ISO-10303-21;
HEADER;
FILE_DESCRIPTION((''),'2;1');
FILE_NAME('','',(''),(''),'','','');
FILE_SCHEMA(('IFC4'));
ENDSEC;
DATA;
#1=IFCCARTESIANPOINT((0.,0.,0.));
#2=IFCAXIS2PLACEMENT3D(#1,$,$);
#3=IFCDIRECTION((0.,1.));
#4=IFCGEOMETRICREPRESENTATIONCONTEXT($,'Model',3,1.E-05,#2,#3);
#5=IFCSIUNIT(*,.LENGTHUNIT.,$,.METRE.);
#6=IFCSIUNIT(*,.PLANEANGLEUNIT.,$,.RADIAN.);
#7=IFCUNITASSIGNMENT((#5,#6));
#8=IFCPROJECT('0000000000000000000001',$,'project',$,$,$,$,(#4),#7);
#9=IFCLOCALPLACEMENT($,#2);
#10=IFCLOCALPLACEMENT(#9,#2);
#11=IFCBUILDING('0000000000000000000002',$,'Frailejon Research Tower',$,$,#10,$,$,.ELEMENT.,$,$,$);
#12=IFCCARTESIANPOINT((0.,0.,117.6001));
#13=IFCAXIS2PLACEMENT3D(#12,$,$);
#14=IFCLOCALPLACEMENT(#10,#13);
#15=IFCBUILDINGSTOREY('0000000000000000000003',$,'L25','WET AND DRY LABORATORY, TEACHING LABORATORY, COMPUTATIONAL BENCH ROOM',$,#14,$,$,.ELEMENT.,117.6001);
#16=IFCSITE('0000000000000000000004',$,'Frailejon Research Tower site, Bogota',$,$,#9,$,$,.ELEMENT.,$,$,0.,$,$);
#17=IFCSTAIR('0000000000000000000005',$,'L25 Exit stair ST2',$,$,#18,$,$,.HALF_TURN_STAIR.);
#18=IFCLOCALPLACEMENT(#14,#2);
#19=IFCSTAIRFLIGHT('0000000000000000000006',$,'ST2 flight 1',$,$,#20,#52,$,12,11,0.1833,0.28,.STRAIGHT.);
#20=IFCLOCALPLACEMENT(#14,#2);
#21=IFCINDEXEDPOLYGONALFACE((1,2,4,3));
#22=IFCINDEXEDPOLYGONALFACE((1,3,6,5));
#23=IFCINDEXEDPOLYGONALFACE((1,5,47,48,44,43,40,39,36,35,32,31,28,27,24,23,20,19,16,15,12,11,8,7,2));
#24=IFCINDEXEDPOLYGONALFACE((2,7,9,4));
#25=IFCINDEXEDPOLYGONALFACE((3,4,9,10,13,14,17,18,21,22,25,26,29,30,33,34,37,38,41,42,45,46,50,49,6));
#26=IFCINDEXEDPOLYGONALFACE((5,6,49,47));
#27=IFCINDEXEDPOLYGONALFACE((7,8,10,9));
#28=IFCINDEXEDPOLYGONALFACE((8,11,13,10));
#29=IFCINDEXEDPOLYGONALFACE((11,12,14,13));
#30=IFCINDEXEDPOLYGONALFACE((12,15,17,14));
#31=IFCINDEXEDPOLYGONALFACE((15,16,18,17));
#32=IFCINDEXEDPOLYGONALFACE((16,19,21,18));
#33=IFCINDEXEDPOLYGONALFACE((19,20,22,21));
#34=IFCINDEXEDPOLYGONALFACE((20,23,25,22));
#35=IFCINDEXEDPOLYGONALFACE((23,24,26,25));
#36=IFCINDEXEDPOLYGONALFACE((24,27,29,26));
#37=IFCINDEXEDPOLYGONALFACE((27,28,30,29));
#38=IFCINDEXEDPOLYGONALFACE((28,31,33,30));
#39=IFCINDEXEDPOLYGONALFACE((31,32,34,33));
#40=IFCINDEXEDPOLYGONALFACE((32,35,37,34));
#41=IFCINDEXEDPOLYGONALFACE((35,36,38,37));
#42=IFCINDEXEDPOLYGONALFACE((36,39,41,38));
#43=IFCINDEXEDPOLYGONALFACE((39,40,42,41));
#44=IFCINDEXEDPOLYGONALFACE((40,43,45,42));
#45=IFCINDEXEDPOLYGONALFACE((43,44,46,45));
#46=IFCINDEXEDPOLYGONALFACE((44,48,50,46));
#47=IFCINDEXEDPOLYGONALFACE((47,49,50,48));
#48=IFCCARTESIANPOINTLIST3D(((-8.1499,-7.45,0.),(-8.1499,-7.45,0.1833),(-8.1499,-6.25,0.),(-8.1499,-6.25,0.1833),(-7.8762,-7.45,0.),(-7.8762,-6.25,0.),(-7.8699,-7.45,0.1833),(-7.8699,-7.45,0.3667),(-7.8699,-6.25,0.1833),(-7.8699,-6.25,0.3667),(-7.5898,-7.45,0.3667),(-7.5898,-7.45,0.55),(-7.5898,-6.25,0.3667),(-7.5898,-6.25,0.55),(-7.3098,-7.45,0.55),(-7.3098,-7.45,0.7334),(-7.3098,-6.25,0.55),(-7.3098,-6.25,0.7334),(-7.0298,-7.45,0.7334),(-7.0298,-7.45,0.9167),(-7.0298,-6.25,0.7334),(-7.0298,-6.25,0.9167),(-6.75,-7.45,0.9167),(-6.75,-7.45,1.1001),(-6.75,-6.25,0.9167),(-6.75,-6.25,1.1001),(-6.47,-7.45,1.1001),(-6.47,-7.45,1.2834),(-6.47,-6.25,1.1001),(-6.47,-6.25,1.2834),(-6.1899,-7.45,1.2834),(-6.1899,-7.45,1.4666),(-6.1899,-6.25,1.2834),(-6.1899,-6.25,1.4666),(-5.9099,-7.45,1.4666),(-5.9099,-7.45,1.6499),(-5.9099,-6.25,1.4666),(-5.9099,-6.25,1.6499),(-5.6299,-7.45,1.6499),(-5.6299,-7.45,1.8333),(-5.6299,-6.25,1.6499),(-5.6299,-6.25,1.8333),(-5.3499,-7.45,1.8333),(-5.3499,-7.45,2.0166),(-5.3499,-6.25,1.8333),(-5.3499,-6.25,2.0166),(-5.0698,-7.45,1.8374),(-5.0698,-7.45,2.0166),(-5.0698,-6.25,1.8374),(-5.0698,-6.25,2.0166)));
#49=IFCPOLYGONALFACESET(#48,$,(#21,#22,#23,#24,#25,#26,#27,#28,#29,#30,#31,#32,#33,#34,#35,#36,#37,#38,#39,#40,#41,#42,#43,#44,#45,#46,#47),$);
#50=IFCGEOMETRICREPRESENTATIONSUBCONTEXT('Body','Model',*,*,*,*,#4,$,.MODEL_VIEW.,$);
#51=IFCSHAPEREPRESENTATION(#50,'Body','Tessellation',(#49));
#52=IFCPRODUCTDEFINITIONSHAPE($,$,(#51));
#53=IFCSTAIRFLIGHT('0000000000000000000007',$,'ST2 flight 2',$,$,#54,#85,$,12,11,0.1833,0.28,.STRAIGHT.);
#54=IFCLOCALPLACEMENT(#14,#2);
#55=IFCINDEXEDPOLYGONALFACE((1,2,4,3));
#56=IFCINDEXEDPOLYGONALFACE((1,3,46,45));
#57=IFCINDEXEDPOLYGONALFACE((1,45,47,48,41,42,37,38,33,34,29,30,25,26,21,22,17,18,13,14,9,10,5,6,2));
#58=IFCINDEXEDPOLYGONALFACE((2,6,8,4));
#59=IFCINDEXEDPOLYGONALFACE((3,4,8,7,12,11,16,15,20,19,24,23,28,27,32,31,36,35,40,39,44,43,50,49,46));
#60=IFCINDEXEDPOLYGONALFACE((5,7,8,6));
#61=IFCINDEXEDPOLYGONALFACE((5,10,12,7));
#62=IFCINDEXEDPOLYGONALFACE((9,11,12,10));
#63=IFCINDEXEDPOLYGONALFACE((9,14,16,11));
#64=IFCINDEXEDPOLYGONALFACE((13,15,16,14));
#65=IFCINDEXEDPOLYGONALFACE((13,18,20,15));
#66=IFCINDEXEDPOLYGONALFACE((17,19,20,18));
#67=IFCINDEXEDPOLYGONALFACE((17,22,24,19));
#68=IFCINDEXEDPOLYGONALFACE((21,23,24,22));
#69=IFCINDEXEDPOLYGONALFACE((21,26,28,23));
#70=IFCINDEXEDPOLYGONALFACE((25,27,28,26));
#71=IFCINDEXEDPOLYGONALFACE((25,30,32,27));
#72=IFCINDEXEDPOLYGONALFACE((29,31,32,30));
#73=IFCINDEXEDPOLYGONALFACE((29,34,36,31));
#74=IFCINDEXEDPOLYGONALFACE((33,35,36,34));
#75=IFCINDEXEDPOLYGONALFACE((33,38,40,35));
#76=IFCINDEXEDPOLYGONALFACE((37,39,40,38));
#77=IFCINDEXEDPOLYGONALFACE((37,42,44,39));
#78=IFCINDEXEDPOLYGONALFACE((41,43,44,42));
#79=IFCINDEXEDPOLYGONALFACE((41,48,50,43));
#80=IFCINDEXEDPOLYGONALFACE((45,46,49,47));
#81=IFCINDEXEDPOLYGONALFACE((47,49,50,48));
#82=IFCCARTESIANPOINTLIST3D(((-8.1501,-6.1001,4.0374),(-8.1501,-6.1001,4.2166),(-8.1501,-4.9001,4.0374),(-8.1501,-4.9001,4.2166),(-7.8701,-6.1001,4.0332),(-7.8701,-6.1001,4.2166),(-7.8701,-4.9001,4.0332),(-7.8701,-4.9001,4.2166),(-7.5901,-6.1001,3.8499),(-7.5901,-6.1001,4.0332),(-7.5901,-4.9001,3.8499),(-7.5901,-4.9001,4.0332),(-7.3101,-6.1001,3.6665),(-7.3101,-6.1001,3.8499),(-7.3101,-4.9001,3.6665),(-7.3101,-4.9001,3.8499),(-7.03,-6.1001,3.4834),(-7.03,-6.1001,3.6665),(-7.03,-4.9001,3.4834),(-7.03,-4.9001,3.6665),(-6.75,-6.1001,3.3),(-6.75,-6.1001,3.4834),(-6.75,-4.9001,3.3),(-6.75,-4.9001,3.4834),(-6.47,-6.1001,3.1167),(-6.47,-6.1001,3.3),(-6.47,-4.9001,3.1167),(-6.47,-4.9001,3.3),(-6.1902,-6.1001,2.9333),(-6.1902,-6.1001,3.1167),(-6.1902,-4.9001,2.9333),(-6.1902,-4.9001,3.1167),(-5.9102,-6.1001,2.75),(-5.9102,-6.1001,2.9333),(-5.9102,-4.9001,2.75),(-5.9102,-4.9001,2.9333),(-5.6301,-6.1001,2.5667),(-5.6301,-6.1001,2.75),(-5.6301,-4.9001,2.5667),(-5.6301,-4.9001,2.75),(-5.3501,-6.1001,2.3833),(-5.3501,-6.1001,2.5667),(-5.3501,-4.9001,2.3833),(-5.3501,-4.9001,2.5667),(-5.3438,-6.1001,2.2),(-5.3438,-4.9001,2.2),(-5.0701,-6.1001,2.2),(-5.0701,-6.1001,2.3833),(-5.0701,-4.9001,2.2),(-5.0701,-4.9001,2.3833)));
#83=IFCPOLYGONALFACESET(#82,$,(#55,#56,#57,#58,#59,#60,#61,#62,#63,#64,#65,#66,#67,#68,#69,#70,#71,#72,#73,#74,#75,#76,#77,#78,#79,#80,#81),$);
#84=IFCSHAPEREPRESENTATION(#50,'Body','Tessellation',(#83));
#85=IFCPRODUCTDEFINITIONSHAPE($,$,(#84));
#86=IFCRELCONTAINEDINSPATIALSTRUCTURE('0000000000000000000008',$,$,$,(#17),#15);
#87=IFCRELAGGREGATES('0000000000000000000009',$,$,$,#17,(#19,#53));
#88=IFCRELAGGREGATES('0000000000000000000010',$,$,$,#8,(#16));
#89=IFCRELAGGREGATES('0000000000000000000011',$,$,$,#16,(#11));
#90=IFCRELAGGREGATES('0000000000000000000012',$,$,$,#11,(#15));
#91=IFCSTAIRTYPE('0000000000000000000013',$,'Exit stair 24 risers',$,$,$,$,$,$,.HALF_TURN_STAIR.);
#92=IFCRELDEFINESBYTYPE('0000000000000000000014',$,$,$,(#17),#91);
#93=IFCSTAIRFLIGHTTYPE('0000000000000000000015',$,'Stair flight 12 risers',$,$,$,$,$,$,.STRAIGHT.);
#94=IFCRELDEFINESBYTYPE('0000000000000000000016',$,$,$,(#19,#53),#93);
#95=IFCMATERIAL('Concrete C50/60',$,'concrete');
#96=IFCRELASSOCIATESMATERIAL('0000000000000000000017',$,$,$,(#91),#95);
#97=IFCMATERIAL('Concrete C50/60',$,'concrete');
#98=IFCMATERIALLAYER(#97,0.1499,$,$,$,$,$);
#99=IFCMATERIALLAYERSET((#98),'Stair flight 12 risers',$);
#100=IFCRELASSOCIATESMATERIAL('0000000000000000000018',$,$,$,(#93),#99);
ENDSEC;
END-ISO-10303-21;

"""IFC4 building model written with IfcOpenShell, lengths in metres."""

from ifc_helpers import new_model, si_unit, direction, frame, origin, place, context, subcontext, project, spatial, polyline, outline, extrude, material, layer, layer_set, type_object, element, aggregate, save


model = new_model("IFC4")

# Units and contexts
model_context = context("Model", 3, precision=1e-05, world=origin(), true_north=direction((0.0, 1.0)))
body_context = subcontext(model_context, "Body", "Model", "MODEL_VIEW")
ifc_project = project(units=[si_unit("LENGTHUNIT", "METRE"), si_unit("PLANEANGLEUNIT", "RADIAN")], contexts=[model_context])

# Site, building, storey
site_placement = place(None, origin())
site = spatial("IfcSite", under=ifc_project, at=site_placement, Name="Frailejon Research Tower site, Bogota", CompositionType="ELEMENT", RefElevation=0.0)
building_placement = place(site_placement, origin())
building = spatial("IfcBuilding", under=site, at=building_placement, Name="Frailejon Research Tower", CompositionType="ELEMENT")
storey_placement = place(building_placement, frame((0.0, 0.0, 117.6001)))
storey = spatial("IfcBuildingStorey", under=building, at=storey_placement, Name="L25", Description="WET AND DRY LABORATORY, TEACHING LABORATORY, COMPUTATIONAL BENCH ROOM", CompositionType="ELEMENT", Elevation=117.6001)

# Stair, stair flights
ifc_material_1 = material(Name="Concrete C50/60", Category="concrete")
stair_type = type_object("IfcStairType", Name="Exit stair 24 risers", PredefinedType="HALF_TURN_STAIR", material=ifc_material_1)
stair_placement = place(storey_placement, origin())
stair = element("IfcStair", 1, at=stair_placement, inside=storey, type_object=stair_type, Name="L25 Exit stair ST2", PredefinedType="HALF_TURN_STAIR")
ifc_material_2 = material(Name="Concrete C50/60", Category="concrete")
ifc_layer_1 = layer(ifc_material_2, 0.1499)
ifc_layer_set_1 = layer_set([ifc_layer_1], Name="Stair flight 12 risers")
stair_flight_type = type_object("IfcStairFlightType", Name="Stair flight 12 risers", PredefinedType="STRAIGHT", material=ifc_layer_set_1)
stair_flight_1_placement = place(storey_placement, frame((-8.1499, -6.8501, 0.0), z_axis=(0.0, 0.0, 1.0), x_axis=(1.0, 0.0, 0.0)))
stair_flight_1 = element("IfcStairFlight", 2, at=stair_flight_1_placement, type_object=stair_flight_type, Name="ST2 flight 1", NumberOfRisers=12, NumberOfTreads=11, PredefinedType="STRAIGHT", RiserHeight=0.1833, TreadLength=0.28, context=body_context, shape_type="SweptSolid", body=[
    extrude(outline(polyline([(0.0, 0.0), (0.0, 0.1833), (0.28, 0.1833), (0.28, 0.3667), (0.5601, 0.3667), (0.5601, 0.55), (0.8401, 0.55), (0.8401, 0.7334), (1.1201, 0.7334), (1.1201, 0.9167), (1.3999, 0.9167), (1.3999, 1.1001), (1.6799, 1.1001), (1.6799, 1.2834), (1.96, 1.2834), (1.96, 1.4666), (2.24, 1.4666), (2.24, 1.6499), (2.52, 1.6499), (2.52, 1.8333), (2.8, 1.8333), (2.8, 2.0166), (3.0801, 2.0166), (3.0801, 2.2), (3.0801, 1.8374), (0.2737, 0.0), (0.0, 0.0)])), frame((0.0, 0.6001, 0.0), z_axis=(0.0, -1.0, 0.0), x_axis=(1.0, 0.0, 0.0)), (0.0, 0.0, 1.0), 1.2),
])
stair_flight_2_placement = place(storey_placement, frame((-5.0701, -5.5, 2.2), z_axis=(0.0, 0.0, 1.0), x_axis=(-1.0, 0.0, 0.0)))
stair_flight_2 = element("IfcStairFlight", 3, at=stair_flight_2_placement, type_object=stair_flight_type, Name="ST2 flight 2", NumberOfRisers=12, NumberOfTreads=11, PredefinedType="STRAIGHT", RiserHeight=0.1833, TreadLength=0.28, context=body_context, shape_type="SweptSolid", body=[
    extrude(outline(polyline([(0.0, 0.0), (0.0, 0.1833), (0.28, 0.1833), (0.28, 0.3667), (0.5601, 0.3667), (0.5601, 0.55), (0.8401, 0.55), (0.8401, 0.7334), (1.1201, 0.7334), (1.1201, 0.9167), (1.3999, 0.9167), (1.3999, 1.1001), (1.6799, 1.1001), (1.6799, 1.2834), (1.96, 1.2834), (1.96, 1.4666), (2.24, 1.4666), (2.24, 1.6499), (2.52, 1.6499), (2.52, 1.8333), (2.8, 1.8333), (2.8, 2.0166), (3.0801, 2.0166), (3.0801, 2.2), (3.0801, 1.8374), (0.2737, 0.0), (0.0, 0.0)])), frame((0.0, 0.6001, 0.0), z_axis=(0.0, -1.0, 0.0), x_axis=(1.0, 0.0, 0.0)), (0.0, 0.0, 1.0), 1.2),
])
aggregate(stair, [stair_flight_1, stair_flight_2])

save(model, "model.ifc")
